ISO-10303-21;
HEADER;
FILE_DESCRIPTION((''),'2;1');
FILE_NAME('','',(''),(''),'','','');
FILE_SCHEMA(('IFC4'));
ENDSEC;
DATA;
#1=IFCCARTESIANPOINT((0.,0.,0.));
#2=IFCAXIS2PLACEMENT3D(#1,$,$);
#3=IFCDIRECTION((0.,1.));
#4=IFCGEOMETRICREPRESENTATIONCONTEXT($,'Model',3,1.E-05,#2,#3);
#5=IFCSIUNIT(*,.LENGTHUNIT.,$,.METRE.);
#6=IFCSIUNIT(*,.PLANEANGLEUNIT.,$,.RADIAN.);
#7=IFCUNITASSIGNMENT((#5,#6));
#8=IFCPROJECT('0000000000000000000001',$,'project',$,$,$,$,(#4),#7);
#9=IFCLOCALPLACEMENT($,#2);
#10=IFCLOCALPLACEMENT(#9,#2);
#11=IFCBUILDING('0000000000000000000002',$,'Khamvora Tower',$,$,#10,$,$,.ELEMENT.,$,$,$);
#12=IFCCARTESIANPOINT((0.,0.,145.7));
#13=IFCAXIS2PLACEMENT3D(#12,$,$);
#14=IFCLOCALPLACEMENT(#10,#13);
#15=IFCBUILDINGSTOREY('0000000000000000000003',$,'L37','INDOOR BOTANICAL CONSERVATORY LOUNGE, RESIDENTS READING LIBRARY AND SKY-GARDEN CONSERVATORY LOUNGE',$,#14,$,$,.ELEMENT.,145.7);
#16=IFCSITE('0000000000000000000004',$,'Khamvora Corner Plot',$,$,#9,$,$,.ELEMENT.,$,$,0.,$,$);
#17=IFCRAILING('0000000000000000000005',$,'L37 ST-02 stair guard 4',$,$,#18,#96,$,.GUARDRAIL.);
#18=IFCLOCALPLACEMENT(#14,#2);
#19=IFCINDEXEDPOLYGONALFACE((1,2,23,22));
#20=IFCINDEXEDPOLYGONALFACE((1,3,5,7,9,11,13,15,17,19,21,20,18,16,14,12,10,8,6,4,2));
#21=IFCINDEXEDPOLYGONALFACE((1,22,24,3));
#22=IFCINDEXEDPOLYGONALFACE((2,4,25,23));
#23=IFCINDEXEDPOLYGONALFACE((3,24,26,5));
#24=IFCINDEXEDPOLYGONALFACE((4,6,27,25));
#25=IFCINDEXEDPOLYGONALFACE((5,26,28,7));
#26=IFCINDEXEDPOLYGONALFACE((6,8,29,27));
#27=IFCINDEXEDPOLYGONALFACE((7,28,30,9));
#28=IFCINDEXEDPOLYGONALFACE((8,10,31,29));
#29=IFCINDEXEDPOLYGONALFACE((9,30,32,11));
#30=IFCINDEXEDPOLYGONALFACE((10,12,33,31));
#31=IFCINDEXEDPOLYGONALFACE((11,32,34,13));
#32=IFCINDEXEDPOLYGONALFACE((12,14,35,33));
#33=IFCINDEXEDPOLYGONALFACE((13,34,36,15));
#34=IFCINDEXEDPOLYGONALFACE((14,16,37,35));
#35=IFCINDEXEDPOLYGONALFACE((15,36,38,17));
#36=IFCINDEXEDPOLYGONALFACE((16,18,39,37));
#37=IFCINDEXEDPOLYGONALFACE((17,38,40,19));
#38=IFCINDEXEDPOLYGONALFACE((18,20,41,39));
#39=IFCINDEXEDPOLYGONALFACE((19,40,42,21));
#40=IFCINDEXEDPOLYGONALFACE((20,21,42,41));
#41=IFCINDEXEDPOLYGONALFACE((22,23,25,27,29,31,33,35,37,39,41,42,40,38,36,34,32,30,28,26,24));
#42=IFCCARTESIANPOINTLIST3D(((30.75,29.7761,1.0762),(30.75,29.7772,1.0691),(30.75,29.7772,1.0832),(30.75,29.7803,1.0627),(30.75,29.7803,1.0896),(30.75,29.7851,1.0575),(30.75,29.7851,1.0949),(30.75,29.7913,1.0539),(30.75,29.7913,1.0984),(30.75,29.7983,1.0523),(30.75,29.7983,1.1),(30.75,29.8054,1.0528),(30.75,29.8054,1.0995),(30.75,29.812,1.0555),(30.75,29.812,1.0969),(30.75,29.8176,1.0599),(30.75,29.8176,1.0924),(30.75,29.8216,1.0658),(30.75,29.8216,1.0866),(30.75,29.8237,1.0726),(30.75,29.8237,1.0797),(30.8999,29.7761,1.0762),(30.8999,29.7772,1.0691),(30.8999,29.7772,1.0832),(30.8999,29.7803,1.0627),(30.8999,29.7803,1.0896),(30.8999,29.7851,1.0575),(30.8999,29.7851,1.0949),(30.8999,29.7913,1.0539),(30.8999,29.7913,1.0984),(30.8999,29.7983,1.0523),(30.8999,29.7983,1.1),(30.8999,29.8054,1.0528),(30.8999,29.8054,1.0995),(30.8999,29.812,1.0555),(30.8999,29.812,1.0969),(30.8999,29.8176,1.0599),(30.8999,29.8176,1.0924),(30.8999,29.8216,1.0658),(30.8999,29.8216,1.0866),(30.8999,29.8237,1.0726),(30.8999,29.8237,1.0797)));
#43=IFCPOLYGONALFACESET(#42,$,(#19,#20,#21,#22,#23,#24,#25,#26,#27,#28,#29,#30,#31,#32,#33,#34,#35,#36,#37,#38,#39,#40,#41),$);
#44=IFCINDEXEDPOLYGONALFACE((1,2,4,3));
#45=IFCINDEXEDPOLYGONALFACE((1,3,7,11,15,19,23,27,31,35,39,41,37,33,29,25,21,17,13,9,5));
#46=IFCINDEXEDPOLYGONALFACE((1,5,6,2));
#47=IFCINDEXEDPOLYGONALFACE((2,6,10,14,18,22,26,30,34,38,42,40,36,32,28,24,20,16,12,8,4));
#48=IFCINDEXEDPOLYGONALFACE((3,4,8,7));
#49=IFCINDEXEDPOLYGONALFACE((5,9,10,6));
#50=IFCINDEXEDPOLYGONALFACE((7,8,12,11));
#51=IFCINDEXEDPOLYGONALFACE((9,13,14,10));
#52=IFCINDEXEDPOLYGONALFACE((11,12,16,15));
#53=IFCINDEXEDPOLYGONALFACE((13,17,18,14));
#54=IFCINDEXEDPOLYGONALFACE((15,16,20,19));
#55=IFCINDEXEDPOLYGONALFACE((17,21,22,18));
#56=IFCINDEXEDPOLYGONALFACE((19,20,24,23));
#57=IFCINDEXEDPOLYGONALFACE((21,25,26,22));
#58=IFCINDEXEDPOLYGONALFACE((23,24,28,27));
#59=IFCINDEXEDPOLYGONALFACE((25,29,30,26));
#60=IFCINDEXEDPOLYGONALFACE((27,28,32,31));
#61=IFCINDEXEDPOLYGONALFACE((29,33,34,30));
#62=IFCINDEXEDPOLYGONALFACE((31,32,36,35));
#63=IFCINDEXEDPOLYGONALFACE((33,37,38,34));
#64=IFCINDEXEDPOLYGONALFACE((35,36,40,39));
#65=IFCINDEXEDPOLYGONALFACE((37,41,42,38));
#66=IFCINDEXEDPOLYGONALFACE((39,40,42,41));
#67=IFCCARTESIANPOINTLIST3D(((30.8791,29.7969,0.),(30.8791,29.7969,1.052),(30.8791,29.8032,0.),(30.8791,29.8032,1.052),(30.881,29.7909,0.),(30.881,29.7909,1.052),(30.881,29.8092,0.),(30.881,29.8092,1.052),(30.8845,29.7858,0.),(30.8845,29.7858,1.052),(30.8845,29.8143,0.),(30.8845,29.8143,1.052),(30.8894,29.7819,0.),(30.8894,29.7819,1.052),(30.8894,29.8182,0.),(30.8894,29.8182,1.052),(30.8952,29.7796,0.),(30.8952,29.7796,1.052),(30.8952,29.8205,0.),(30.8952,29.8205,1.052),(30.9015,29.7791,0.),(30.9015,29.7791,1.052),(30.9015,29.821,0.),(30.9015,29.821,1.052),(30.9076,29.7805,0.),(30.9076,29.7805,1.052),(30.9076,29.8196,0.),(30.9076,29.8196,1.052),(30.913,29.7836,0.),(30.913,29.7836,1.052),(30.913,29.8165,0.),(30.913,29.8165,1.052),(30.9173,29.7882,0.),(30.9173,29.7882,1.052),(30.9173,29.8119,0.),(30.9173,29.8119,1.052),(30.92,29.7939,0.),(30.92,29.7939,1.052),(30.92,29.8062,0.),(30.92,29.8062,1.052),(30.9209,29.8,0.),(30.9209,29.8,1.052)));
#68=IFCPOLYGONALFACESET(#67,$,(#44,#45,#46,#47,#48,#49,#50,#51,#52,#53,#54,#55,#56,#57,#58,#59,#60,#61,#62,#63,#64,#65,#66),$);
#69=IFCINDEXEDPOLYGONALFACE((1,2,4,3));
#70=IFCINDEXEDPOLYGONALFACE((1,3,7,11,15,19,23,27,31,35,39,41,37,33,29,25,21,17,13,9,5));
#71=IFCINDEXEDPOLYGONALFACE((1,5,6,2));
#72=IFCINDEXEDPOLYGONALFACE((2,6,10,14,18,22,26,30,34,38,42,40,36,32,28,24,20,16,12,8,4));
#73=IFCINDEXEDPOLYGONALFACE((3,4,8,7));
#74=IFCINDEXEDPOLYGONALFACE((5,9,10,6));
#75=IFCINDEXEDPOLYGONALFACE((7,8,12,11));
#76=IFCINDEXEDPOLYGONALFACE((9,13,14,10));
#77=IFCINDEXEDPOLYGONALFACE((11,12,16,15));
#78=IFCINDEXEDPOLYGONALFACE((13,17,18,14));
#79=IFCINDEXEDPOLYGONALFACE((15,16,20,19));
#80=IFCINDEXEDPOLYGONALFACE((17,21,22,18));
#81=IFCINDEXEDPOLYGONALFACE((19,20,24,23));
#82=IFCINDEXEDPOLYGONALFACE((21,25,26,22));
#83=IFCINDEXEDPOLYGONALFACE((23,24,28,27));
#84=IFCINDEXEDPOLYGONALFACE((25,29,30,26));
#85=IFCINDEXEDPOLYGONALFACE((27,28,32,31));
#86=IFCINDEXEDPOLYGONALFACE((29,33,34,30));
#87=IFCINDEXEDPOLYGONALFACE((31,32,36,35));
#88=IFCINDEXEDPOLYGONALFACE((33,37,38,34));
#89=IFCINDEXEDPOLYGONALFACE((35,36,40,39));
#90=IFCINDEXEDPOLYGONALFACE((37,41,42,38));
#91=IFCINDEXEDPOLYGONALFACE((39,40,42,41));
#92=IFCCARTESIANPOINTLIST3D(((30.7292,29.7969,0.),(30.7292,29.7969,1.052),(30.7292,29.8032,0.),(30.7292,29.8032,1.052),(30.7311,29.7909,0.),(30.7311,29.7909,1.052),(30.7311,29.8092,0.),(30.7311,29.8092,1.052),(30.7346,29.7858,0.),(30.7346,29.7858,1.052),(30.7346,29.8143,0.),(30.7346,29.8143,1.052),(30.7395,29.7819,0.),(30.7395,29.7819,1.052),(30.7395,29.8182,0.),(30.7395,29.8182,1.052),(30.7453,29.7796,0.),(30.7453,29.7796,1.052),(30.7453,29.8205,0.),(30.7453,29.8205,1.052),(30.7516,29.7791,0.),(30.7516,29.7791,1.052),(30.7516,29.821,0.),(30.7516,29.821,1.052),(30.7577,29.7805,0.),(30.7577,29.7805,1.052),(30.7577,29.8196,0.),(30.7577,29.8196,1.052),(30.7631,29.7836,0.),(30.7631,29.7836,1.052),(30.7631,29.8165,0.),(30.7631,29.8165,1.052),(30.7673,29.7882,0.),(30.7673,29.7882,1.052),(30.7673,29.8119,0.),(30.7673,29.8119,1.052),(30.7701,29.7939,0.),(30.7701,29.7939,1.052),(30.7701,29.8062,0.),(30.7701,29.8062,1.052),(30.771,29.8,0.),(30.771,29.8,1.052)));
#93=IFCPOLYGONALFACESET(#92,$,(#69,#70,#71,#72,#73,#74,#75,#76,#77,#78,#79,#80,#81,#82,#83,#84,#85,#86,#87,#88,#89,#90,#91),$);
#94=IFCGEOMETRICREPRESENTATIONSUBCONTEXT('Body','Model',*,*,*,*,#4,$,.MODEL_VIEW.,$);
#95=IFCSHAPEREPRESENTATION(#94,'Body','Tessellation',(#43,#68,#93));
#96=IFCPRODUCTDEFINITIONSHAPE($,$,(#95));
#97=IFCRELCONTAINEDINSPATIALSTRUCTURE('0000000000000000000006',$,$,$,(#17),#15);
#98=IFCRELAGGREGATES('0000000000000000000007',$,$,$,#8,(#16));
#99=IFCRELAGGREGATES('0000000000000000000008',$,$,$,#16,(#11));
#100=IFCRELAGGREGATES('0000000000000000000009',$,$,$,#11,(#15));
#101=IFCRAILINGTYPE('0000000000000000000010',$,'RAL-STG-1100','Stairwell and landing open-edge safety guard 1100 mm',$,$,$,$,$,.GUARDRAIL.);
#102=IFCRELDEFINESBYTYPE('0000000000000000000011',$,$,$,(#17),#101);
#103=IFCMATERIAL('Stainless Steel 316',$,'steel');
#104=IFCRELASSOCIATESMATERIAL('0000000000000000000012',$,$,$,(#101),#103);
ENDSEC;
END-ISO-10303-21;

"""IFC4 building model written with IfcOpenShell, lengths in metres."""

from ifc_helpers import new_model, si_unit, direction, frame, origin, origin_2d, place, context, subcontext, project, spatial, circle, extrude, material, type_object, element, save


model = new_model("IFC4")

# Units and contexts
model_context = context("Model", 3, precision=1e-05, world=origin(), true_north=direction((0.0, 1.0)))
body_context = subcontext(model_context, "Body", "Model", "MODEL_VIEW")
ifc_project = project(units=[si_unit("LENGTHUNIT", "METRE"), si_unit("PLANEANGLEUNIT", "RADIAN")], contexts=[model_context])

# Site, building, storey
site_placement = place(None, origin())
site = spatial("IfcSite", under=ifc_project, at=site_placement, Name="Khamvora Corner Plot", CompositionType="ELEMENT", RefElevation=0.0)
building_placement = place(site_placement, origin())
building = spatial("IfcBuilding", under=site, at=building_placement, Name="Khamvora Tower", CompositionType="ELEMENT")
storey_placement = place(building_placement, frame((0.0, 0.0, 145.7)))
storey = spatial("IfcBuildingStorey", under=building, at=storey_placement, Name="L37", Description="INDOOR BOTANICAL CONSERVATORY LOUNGE, RESIDENTS READING LIBRARY AND SKY-GARDEN CONSERVATORY LOUNGE", CompositionType="ELEMENT", Elevation=145.7)

# Railing
ifc_material_1 = material(Name="Stainless Steel 316", Category="steel")
railing_type_1 = type_object("IfcRailingType", Name="RAL-STG-1100", Description="Stairwell and landing open-edge safety guard 1100 mm", PredefinedType="GUARDRAIL", material=ifc_material_1)
railing_1_placement = place(storey_placement, frame((30.8999, 29.8, 0.0)))
element("IfcRailing", 1, at=railing_1_placement, inside=storey, type_object=railing_type_1, Name="L37 ST-02 stair guard 4", PredefinedType="GUARDRAIL", context=body_context, shape_type="SweptSolid", body=[
    extrude(circle(Radius=0.0239, at=origin_2d()), frame((0.0, 0.0, 1.0762), z_axis=(-1.0, 0.0, 0.0), x_axis=(0.0, -1.0, 0.0)), (0.0, 0.0, 1.0), 0.1499),
    extrude(circle(Radius=0.021, at=origin_2d()), origin(), (0.0, 0.0, 1.0), 1.052),
    extrude(circle(Radius=0.021, at=origin_2d()), frame((-0.1499, 0.0, 0.0)), (0.0, 0.0, 1.0), 1.052),
])

save(model, "model.ifc")
